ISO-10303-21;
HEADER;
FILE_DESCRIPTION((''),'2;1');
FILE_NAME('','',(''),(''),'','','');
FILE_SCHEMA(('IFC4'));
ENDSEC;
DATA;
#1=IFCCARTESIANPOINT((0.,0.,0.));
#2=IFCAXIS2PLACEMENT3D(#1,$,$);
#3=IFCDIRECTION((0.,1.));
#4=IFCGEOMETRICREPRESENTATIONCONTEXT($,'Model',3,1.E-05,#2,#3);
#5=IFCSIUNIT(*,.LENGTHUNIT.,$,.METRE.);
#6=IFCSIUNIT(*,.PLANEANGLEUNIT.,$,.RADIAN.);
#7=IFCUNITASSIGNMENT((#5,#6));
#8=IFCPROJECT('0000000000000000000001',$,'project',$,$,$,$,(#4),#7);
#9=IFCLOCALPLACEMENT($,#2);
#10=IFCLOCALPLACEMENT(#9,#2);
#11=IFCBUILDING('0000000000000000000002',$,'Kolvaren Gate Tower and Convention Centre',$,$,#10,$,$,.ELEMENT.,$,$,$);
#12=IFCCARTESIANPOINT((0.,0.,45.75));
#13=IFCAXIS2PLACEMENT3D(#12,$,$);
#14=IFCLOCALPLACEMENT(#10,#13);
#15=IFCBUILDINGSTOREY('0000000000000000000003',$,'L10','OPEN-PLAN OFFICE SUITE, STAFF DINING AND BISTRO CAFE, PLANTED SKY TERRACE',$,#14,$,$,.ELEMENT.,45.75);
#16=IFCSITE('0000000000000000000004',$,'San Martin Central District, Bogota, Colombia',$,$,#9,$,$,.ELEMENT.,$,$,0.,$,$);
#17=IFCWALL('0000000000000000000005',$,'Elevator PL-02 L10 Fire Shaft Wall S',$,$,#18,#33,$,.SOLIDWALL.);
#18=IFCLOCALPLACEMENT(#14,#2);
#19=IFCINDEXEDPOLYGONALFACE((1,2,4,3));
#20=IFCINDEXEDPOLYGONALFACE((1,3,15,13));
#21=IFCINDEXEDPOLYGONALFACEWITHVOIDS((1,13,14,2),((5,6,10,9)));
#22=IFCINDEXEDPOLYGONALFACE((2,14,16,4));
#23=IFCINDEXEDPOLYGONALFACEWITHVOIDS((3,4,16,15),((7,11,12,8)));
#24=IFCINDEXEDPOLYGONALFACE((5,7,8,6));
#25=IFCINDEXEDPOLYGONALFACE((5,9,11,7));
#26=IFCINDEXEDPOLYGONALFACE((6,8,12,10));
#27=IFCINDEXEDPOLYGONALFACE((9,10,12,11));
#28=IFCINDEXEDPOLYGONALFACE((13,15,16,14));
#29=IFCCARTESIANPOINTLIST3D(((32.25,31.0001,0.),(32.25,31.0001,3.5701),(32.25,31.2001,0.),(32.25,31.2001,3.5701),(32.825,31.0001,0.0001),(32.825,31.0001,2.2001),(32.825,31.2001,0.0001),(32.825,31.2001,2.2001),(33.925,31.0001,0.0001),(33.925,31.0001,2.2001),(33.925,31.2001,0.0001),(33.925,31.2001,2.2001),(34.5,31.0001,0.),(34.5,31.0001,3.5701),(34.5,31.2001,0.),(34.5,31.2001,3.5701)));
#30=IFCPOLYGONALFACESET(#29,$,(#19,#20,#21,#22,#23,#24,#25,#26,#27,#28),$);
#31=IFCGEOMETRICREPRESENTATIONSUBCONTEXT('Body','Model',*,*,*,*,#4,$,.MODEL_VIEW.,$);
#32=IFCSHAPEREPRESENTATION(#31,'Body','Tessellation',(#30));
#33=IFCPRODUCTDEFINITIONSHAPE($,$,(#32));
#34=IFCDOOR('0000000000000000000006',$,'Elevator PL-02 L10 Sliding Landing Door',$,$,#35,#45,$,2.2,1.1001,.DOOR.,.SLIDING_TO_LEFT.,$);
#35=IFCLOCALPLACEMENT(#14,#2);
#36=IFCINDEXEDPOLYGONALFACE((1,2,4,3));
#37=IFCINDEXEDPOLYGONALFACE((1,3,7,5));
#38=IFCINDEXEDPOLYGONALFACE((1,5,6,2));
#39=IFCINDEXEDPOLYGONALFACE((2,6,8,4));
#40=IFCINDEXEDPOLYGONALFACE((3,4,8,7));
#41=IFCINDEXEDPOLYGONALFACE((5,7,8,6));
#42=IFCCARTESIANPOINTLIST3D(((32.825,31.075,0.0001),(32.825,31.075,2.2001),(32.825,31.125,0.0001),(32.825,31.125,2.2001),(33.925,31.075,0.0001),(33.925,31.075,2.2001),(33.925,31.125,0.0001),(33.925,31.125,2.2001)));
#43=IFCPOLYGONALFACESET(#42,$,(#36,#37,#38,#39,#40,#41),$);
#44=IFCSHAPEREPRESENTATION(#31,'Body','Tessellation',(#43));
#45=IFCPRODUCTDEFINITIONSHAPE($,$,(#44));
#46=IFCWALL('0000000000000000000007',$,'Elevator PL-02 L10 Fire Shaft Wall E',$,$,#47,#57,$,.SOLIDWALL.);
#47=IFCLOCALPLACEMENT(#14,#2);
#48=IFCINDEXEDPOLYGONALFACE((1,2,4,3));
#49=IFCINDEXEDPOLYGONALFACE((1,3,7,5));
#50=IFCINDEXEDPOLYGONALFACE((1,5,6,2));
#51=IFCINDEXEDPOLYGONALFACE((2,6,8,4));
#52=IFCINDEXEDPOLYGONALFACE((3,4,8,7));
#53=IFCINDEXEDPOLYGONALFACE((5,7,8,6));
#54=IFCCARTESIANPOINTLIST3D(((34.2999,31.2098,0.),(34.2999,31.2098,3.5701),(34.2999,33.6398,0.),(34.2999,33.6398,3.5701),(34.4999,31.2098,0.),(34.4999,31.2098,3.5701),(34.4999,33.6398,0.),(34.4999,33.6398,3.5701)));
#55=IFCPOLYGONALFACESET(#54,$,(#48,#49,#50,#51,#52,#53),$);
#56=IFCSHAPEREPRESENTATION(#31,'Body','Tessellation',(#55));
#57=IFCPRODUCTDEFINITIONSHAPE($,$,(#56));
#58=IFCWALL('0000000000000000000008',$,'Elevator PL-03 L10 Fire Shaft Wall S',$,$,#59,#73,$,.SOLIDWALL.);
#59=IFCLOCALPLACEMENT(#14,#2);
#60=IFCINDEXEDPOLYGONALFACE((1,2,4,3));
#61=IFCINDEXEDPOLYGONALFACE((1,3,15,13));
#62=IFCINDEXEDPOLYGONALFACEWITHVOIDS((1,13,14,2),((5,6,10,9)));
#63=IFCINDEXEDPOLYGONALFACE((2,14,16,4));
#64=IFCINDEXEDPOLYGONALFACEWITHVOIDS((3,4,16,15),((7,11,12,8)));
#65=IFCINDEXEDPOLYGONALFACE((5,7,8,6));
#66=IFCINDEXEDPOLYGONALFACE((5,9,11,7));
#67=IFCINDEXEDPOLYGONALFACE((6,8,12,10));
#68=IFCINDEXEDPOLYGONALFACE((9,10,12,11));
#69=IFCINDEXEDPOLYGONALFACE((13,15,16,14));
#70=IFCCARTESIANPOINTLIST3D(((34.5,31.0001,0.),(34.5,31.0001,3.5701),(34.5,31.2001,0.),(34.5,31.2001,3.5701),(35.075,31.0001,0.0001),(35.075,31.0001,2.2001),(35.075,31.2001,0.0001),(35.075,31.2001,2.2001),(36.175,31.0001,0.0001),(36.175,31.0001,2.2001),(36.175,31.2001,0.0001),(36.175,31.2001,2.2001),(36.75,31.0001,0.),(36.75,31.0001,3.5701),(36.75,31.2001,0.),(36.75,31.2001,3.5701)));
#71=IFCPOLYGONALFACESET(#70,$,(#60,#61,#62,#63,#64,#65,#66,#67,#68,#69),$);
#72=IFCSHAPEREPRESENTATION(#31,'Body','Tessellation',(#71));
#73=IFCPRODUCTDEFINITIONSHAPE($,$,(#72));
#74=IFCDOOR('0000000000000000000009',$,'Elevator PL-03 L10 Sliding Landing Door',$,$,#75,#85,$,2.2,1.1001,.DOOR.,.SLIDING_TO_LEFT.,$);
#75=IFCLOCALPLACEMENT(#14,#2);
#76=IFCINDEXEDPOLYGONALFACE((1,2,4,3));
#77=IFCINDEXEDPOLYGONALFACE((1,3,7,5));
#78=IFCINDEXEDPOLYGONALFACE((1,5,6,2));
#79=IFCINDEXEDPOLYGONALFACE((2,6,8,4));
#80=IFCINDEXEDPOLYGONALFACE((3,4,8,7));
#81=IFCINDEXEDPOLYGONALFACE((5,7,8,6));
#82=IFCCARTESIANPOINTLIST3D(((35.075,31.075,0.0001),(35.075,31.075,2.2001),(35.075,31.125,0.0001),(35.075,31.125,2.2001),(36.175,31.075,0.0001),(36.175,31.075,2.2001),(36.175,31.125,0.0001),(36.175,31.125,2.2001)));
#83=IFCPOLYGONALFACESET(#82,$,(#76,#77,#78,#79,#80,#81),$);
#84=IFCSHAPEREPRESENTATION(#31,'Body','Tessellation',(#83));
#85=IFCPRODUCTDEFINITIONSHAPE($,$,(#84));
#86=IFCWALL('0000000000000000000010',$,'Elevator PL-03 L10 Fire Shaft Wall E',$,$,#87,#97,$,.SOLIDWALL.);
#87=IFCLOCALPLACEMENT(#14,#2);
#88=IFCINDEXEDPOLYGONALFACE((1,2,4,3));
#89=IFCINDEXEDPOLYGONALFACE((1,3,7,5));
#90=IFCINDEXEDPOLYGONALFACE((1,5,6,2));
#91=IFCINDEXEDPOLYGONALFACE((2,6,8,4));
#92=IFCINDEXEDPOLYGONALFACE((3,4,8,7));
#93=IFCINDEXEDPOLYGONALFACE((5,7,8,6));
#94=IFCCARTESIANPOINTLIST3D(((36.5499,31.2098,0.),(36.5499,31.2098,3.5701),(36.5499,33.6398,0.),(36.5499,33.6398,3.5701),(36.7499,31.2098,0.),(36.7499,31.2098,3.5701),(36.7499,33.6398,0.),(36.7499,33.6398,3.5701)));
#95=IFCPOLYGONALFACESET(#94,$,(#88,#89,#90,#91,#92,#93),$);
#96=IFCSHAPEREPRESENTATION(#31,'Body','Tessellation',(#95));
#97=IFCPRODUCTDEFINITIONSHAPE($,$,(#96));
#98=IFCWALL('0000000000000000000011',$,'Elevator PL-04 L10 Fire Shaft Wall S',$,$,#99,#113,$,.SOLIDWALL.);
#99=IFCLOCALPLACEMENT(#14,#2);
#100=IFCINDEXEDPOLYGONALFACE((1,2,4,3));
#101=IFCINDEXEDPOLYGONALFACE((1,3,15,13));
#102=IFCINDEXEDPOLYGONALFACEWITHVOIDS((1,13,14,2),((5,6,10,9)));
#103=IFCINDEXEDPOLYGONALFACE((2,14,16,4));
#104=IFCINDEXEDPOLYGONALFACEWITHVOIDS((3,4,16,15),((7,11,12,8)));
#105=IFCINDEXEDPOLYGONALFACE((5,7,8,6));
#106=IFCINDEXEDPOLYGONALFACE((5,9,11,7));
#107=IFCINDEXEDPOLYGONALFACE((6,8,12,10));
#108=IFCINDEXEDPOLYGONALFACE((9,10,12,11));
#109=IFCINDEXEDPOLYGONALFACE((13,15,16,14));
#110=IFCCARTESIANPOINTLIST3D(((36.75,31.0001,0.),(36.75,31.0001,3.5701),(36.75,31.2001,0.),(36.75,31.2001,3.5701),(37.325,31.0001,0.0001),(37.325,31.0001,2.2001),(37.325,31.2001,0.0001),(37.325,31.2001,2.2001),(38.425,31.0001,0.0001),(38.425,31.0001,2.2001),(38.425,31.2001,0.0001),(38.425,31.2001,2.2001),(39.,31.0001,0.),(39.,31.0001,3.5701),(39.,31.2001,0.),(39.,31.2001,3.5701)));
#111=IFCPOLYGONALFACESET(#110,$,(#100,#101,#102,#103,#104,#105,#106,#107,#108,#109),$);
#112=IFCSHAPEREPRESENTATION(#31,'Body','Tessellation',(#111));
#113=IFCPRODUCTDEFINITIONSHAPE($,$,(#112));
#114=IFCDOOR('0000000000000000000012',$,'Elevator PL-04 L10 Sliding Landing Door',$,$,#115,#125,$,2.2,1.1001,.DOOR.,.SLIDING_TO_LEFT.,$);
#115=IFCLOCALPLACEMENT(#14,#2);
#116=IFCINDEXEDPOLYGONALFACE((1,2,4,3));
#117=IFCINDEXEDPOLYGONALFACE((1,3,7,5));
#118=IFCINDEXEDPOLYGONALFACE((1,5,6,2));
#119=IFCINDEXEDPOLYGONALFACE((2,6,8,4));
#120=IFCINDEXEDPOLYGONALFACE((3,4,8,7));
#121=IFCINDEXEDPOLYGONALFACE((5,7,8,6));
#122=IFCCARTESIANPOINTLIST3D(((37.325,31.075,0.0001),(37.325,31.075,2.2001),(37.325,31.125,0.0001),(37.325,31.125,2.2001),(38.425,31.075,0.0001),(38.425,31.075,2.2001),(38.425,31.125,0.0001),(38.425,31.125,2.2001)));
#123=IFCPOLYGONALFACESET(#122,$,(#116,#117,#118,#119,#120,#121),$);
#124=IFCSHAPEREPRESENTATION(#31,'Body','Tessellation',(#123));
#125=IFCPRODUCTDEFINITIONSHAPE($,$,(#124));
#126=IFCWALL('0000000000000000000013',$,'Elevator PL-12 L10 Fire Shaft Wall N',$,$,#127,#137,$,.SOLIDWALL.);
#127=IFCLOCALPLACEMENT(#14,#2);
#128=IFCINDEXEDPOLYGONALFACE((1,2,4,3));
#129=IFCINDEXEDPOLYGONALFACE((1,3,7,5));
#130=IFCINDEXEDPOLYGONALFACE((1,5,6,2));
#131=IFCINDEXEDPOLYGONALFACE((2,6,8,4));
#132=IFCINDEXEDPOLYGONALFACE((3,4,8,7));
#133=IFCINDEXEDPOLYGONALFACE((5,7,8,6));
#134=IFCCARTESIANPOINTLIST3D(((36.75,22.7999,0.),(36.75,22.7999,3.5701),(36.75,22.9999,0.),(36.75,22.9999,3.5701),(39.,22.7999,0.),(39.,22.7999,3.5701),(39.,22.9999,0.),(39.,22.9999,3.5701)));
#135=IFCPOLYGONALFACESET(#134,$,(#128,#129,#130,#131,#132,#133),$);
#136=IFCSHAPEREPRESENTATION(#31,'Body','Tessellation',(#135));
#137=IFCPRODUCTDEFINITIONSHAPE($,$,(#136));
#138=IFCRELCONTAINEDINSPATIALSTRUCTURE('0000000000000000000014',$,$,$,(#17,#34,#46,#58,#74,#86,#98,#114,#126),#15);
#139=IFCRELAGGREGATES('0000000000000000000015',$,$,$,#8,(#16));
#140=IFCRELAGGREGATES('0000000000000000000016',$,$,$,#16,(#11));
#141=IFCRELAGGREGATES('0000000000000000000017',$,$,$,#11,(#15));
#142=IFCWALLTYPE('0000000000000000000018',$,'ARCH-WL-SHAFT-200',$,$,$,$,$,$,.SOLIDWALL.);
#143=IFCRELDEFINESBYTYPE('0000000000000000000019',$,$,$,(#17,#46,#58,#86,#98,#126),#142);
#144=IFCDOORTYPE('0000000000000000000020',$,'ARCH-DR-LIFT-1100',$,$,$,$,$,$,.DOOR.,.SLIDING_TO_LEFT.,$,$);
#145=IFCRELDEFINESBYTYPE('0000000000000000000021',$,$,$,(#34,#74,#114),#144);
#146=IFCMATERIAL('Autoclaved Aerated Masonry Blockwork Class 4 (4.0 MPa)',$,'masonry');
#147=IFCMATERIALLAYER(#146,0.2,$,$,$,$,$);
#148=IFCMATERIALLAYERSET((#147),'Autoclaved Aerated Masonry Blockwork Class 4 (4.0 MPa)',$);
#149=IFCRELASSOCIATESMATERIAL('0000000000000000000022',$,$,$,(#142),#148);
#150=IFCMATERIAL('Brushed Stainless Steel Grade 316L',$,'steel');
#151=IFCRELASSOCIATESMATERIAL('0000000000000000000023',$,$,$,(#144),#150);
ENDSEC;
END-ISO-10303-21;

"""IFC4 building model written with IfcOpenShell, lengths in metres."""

from ifc_helpers import new_model, si_unit, direction, frame, frame_2d, origin, place, context, subcontext, project, spatial, rectangle, extrude, material, layer, layer_set, type_object, element, fill, save


model = new_model("IFC4")

# Units and contexts
model_context = context("Model", 3, precision=1e-05, world=origin(), true_north=direction((0.0, 1.0)))
body_context = subcontext(model_context, "Body", "Model", "MODEL_VIEW")
ifc_project = project(units=[si_unit("LENGTHUNIT", "METRE"), si_unit("PLANEANGLEUNIT", "RADIAN")], contexts=[model_context])

# Site, building, storey
site_placement = place(None, origin())
site = spatial("IfcSite", under=ifc_project, at=site_placement, Name="San Martin Central District, Bogota, Colombia", CompositionType="ELEMENT", RefElevation=0.0)
building_placement = place(site_placement, origin())
building = spatial("IfcBuilding", under=site, at=building_placement, Name="Kolvaren Gate Tower and Convention Centre", CompositionType="ELEMENT")
storey_placement = place(building_placement, frame((0.0, 0.0, 45.75)))
storey = spatial("IfcBuildingStorey", under=building, at=storey_placement, Name="L10", Description="OPEN-PLAN OFFICE SUITE, STAFF DINING AND BISTRO CAFE, PLANTED SKY TERRACE", CompositionType="ELEMENT", Elevation=45.75)

# Shared definitions
ifc_material_1 = material(Name="Autoclaved Aerated Masonry Blockwork Class 4 (4.0 MPa)", Category="masonry")

# Shared definitions
ifc_layer_1 = layer(ifc_material_1, 0.2)
ifc_layer_set_1 = layer_set([ifc_layer_1], Name="Autoclaved Aerated Masonry Blockwork Class 4 (4.0 MPa)")
wall_type_1 = type_object("IfcWallType", Name="ARCH-WL-SHAFT-200", PredefinedType="SOLIDWALL", material=ifc_layer_set_1)

# Shared definitions
ifc_material_2 = material(Name="Brushed Stainless Steel Grade 316L", Category="steel")
door_type_1 = type_object("IfcDoorType", Name="ARCH-DR-LIFT-1100", OperationType="SLIDING_TO_LEFT", PredefinedType="DOOR", material=ifc_material_2)

# Wall, opening, door
wall_1_placement = place(storey_placement, frame((32.25, 31.1001, 0.0), z_axis=(0.0, 0.0, 1.0), x_axis=(1.0, 0.0, 0.0)))
wall_1 = element("IfcWall", 1, at=wall_1_placement, inside=storey, type_object=wall_type_1, Name="Elevator PL-02 L10 Fire Shaft Wall S", PredefinedType="SOLIDWALL", context=body_context, shape_type="SweptSolid", body=[
    extrude(rectangle(XDim=2.25, YDim=0.2, at=frame_2d((1.125, 0.0))), origin(), (0.0, 0.0, 1.0), 3.5701),
])
opening_1_placement = place(wall_1_placement, frame((0.575, 0.0, 0.0)))
opening_1 = element("IfcOpeningElement", 2, at=opening_1_placement, cuts=wall_1, PredefinedType="OPENING", context=body_context, shape_type="SweptSolid", body=[
    extrude(rectangle(XDim=1.1001, YDim=2.2, at=frame_2d((0.55, 1.1001))), frame((0.0, 0.1099, 0.0), z_axis=(0.0, -1.0, 0.0), x_axis=(1.0, 0.0, 0.0)), (0.0, 0.0, 1.0), 0.22),
])
door_1_placement = place(opening_1_placement, origin())
door_1 = element("IfcDoor", 3, at=door_1_placement, inside=storey, type_object=door_type_1, Name="Elevator PL-02 L10 Sliding Landing Door", OperationType="SLIDING_TO_LEFT", OverallHeight=2.2, OverallWidth=1.1001, PredefinedType="DOOR", context=body_context, shape_type="SweptSolid", body=[
    extrude(rectangle(XDim=1.1001, YDim=2.2, at=frame_2d((0.55, 1.1001))), frame((0.0, 0.0249, 0.0), z_axis=(0.0, -1.0, 0.0), x_axis=(1.0, 0.0, 0.0)), (0.0, 0.0, 1.0), 0.05),
])
fill(opening_1, door_1)

# Wall
wall_2_placement = place(storey_placement, frame((34.3999, 31.21, 0.0), z_axis=(0.0, 0.0, 1.0), x_axis=(0.0, 1.0, 0.0)))
element("IfcWall", 4, at=wall_2_placement, inside=storey, type_object=wall_type_1, Name="Elevator PL-02 L10 Fire Shaft Wall E", PredefinedType="SOLIDWALL", context=body_context, shape_type="SweptSolid", body=[
    extrude(rectangle(XDim=2.4299, YDim=0.2, at=frame_2d((1.2148, 0.0))), origin(), (0.0, 0.0, 1.0), 3.5701),
])

# Wall, opening, door
wall_3_placement = place(storey_placement, frame((34.5, 31.1001, 0.0), z_axis=(0.0, 0.0, 1.0), x_axis=(1.0, 0.0, 0.0)))
wall_3 = element("IfcWall", 5, at=wall_3_placement, inside=storey, type_object=wall_type_1, Name="Elevator PL-03 L10 Fire Shaft Wall S", PredefinedType="SOLIDWALL", context=body_context, shape_type="SweptSolid", body=[
    extrude(rectangle(XDim=2.25, YDim=0.2, at=frame_2d((1.125, 0.0))), origin(), (0.0, 0.0, 1.0), 3.5701),
])
opening_2_placement = place(wall_3_placement, frame((0.575, 0.0, 0.0)))
opening_2 = element("IfcOpeningElement", 6, at=opening_2_placement, cuts=wall_3, PredefinedType="OPENING", context=body_context, shape_type="SweptSolid", body=[
    extrude(rectangle(XDim=1.1001, YDim=2.2, at=frame_2d((0.55, 1.1001))), frame((0.0, 0.1099, 0.0), z_axis=(0.0, -1.0, 0.0), x_axis=(1.0, 0.0, 0.0)), (0.0, 0.0, 1.0), 0.22),
])
door_2_placement = place(opening_2_placement, origin())
door_2 = element("IfcDoor", 7, at=door_2_placement, inside=storey, type_object=door_type_1, Name="Elevator PL-03 L10 Sliding Landing Door", OperationType="SLIDING_TO_LEFT", OverallHeight=2.2, OverallWidth=1.1001, PredefinedType="DOOR", context=body_context, shape_type="SweptSolid", body=[
    extrude(rectangle(XDim=1.1001, YDim=2.2, at=frame_2d((0.55, 1.1001))), frame((0.0, 0.0249, 0.0), z_axis=(0.0, -1.0, 0.0), x_axis=(1.0, 0.0, 0.0)), (0.0, 0.0, 1.0), 0.05),
])
fill(opening_2, door_2)

# Wall
wall_4_placement = place(storey_placement, frame((36.6499, 31.21, 0.0), z_axis=(0.0, 0.0, 1.0), x_axis=(0.0, 1.0, 0.0)))
element("IfcWall", 8, at=wall_4_placement, inside=storey, type_object=wall_type_1, Name="Elevator PL-03 L10 Fire Shaft Wall E", PredefinedType="SOLIDWALL", context=body_context, shape_type="SweptSolid", body=[
    extrude(rectangle(XDim=2.4299, YDim=0.2, at=frame_2d((1.2148, 0.0))), origin(), (0.0, 0.0, 1.0), 3.5701),
])

# Wall, opening, door
wall_5_placement = place(storey_placement, frame((36.75, 31.1001, 0.0), z_axis=(0.0, 0.0, 1.0), x_axis=(1.0, 0.0, 0.0)))
wall_5 = element("IfcWall", 9, at=wall_5_placement, inside=storey, type_object=wall_type_1, Name="Elevator PL-04 L10 Fire Shaft Wall S", PredefinedType="SOLIDWALL", context=body_context, shape_type="SweptSolid", body=[
    extrude(rectangle(XDim=2.25, YDim=0.2, at=frame_2d((1.125, 0.0))), origin(), (0.0, 0.0, 1.0), 3.5701),
])
opening_3_placement = place(wall_5_placement, frame((0.575, 0.0, 0.0)))
opening_3 = element("IfcOpeningElement", 10, at=opening_3_placement, cuts=wall_5, PredefinedType="OPENING", context=body_context, shape_type="SweptSolid", body=[
    extrude(rectangle(XDim=1.1001, YDim=2.2, at=frame_2d((0.55, 1.1001))), frame((0.0, 0.1099, 0.0), z_axis=(0.0, -1.0, 0.0), x_axis=(1.0, 0.0, 0.0)), (0.0, 0.0, 1.0), 0.22),
])
door_3_placement = place(opening_3_placement, origin())
door_3 = element("IfcDoor", 11, at=door_3_placement, inside=storey, type_object=door_type_1, Name="Elevator PL-04 L10 Sliding Landing Door", OperationType="SLIDING_TO_LEFT", OverallHeight=2.2, OverallWidth=1.1001, PredefinedType="DOOR", context=body_context, shape_type="SweptSolid", body=[
    extrude(rectangle(XDim=1.1001, YDim=2.2, at=frame_2d((0.55, 1.1001))), frame((0.0, 0.0249, 0.0), z_axis=(0.0, -1.0, 0.0), x_axis=(1.0, 0.0, 0.0)), (0.0, 0.0, 1.0), 0.05),
])
fill(opening_3, door_3)

# Wall
wall_6_placement = place(storey_placement, frame((36.75, 22.8999, 0.0), z_axis=(0.0, 0.0, 1.0), x_axis=(1.0, 0.0, 0.0)))
element("IfcWall", 12, at=wall_6_placement, inside=storey, type_object=wall_type_1, Name="Elevator PL-12 L10 Fire Shaft Wall N", PredefinedType="SOLIDWALL", context=body_context, shape_type="SweptSolid", body=[
    extrude(rectangle(XDim=2.25, YDim=0.2, at=frame_2d((1.125, 0.0))), origin(), (0.0, 0.0, 1.0), 3.5701),
])

save(model, "model.ifc")
